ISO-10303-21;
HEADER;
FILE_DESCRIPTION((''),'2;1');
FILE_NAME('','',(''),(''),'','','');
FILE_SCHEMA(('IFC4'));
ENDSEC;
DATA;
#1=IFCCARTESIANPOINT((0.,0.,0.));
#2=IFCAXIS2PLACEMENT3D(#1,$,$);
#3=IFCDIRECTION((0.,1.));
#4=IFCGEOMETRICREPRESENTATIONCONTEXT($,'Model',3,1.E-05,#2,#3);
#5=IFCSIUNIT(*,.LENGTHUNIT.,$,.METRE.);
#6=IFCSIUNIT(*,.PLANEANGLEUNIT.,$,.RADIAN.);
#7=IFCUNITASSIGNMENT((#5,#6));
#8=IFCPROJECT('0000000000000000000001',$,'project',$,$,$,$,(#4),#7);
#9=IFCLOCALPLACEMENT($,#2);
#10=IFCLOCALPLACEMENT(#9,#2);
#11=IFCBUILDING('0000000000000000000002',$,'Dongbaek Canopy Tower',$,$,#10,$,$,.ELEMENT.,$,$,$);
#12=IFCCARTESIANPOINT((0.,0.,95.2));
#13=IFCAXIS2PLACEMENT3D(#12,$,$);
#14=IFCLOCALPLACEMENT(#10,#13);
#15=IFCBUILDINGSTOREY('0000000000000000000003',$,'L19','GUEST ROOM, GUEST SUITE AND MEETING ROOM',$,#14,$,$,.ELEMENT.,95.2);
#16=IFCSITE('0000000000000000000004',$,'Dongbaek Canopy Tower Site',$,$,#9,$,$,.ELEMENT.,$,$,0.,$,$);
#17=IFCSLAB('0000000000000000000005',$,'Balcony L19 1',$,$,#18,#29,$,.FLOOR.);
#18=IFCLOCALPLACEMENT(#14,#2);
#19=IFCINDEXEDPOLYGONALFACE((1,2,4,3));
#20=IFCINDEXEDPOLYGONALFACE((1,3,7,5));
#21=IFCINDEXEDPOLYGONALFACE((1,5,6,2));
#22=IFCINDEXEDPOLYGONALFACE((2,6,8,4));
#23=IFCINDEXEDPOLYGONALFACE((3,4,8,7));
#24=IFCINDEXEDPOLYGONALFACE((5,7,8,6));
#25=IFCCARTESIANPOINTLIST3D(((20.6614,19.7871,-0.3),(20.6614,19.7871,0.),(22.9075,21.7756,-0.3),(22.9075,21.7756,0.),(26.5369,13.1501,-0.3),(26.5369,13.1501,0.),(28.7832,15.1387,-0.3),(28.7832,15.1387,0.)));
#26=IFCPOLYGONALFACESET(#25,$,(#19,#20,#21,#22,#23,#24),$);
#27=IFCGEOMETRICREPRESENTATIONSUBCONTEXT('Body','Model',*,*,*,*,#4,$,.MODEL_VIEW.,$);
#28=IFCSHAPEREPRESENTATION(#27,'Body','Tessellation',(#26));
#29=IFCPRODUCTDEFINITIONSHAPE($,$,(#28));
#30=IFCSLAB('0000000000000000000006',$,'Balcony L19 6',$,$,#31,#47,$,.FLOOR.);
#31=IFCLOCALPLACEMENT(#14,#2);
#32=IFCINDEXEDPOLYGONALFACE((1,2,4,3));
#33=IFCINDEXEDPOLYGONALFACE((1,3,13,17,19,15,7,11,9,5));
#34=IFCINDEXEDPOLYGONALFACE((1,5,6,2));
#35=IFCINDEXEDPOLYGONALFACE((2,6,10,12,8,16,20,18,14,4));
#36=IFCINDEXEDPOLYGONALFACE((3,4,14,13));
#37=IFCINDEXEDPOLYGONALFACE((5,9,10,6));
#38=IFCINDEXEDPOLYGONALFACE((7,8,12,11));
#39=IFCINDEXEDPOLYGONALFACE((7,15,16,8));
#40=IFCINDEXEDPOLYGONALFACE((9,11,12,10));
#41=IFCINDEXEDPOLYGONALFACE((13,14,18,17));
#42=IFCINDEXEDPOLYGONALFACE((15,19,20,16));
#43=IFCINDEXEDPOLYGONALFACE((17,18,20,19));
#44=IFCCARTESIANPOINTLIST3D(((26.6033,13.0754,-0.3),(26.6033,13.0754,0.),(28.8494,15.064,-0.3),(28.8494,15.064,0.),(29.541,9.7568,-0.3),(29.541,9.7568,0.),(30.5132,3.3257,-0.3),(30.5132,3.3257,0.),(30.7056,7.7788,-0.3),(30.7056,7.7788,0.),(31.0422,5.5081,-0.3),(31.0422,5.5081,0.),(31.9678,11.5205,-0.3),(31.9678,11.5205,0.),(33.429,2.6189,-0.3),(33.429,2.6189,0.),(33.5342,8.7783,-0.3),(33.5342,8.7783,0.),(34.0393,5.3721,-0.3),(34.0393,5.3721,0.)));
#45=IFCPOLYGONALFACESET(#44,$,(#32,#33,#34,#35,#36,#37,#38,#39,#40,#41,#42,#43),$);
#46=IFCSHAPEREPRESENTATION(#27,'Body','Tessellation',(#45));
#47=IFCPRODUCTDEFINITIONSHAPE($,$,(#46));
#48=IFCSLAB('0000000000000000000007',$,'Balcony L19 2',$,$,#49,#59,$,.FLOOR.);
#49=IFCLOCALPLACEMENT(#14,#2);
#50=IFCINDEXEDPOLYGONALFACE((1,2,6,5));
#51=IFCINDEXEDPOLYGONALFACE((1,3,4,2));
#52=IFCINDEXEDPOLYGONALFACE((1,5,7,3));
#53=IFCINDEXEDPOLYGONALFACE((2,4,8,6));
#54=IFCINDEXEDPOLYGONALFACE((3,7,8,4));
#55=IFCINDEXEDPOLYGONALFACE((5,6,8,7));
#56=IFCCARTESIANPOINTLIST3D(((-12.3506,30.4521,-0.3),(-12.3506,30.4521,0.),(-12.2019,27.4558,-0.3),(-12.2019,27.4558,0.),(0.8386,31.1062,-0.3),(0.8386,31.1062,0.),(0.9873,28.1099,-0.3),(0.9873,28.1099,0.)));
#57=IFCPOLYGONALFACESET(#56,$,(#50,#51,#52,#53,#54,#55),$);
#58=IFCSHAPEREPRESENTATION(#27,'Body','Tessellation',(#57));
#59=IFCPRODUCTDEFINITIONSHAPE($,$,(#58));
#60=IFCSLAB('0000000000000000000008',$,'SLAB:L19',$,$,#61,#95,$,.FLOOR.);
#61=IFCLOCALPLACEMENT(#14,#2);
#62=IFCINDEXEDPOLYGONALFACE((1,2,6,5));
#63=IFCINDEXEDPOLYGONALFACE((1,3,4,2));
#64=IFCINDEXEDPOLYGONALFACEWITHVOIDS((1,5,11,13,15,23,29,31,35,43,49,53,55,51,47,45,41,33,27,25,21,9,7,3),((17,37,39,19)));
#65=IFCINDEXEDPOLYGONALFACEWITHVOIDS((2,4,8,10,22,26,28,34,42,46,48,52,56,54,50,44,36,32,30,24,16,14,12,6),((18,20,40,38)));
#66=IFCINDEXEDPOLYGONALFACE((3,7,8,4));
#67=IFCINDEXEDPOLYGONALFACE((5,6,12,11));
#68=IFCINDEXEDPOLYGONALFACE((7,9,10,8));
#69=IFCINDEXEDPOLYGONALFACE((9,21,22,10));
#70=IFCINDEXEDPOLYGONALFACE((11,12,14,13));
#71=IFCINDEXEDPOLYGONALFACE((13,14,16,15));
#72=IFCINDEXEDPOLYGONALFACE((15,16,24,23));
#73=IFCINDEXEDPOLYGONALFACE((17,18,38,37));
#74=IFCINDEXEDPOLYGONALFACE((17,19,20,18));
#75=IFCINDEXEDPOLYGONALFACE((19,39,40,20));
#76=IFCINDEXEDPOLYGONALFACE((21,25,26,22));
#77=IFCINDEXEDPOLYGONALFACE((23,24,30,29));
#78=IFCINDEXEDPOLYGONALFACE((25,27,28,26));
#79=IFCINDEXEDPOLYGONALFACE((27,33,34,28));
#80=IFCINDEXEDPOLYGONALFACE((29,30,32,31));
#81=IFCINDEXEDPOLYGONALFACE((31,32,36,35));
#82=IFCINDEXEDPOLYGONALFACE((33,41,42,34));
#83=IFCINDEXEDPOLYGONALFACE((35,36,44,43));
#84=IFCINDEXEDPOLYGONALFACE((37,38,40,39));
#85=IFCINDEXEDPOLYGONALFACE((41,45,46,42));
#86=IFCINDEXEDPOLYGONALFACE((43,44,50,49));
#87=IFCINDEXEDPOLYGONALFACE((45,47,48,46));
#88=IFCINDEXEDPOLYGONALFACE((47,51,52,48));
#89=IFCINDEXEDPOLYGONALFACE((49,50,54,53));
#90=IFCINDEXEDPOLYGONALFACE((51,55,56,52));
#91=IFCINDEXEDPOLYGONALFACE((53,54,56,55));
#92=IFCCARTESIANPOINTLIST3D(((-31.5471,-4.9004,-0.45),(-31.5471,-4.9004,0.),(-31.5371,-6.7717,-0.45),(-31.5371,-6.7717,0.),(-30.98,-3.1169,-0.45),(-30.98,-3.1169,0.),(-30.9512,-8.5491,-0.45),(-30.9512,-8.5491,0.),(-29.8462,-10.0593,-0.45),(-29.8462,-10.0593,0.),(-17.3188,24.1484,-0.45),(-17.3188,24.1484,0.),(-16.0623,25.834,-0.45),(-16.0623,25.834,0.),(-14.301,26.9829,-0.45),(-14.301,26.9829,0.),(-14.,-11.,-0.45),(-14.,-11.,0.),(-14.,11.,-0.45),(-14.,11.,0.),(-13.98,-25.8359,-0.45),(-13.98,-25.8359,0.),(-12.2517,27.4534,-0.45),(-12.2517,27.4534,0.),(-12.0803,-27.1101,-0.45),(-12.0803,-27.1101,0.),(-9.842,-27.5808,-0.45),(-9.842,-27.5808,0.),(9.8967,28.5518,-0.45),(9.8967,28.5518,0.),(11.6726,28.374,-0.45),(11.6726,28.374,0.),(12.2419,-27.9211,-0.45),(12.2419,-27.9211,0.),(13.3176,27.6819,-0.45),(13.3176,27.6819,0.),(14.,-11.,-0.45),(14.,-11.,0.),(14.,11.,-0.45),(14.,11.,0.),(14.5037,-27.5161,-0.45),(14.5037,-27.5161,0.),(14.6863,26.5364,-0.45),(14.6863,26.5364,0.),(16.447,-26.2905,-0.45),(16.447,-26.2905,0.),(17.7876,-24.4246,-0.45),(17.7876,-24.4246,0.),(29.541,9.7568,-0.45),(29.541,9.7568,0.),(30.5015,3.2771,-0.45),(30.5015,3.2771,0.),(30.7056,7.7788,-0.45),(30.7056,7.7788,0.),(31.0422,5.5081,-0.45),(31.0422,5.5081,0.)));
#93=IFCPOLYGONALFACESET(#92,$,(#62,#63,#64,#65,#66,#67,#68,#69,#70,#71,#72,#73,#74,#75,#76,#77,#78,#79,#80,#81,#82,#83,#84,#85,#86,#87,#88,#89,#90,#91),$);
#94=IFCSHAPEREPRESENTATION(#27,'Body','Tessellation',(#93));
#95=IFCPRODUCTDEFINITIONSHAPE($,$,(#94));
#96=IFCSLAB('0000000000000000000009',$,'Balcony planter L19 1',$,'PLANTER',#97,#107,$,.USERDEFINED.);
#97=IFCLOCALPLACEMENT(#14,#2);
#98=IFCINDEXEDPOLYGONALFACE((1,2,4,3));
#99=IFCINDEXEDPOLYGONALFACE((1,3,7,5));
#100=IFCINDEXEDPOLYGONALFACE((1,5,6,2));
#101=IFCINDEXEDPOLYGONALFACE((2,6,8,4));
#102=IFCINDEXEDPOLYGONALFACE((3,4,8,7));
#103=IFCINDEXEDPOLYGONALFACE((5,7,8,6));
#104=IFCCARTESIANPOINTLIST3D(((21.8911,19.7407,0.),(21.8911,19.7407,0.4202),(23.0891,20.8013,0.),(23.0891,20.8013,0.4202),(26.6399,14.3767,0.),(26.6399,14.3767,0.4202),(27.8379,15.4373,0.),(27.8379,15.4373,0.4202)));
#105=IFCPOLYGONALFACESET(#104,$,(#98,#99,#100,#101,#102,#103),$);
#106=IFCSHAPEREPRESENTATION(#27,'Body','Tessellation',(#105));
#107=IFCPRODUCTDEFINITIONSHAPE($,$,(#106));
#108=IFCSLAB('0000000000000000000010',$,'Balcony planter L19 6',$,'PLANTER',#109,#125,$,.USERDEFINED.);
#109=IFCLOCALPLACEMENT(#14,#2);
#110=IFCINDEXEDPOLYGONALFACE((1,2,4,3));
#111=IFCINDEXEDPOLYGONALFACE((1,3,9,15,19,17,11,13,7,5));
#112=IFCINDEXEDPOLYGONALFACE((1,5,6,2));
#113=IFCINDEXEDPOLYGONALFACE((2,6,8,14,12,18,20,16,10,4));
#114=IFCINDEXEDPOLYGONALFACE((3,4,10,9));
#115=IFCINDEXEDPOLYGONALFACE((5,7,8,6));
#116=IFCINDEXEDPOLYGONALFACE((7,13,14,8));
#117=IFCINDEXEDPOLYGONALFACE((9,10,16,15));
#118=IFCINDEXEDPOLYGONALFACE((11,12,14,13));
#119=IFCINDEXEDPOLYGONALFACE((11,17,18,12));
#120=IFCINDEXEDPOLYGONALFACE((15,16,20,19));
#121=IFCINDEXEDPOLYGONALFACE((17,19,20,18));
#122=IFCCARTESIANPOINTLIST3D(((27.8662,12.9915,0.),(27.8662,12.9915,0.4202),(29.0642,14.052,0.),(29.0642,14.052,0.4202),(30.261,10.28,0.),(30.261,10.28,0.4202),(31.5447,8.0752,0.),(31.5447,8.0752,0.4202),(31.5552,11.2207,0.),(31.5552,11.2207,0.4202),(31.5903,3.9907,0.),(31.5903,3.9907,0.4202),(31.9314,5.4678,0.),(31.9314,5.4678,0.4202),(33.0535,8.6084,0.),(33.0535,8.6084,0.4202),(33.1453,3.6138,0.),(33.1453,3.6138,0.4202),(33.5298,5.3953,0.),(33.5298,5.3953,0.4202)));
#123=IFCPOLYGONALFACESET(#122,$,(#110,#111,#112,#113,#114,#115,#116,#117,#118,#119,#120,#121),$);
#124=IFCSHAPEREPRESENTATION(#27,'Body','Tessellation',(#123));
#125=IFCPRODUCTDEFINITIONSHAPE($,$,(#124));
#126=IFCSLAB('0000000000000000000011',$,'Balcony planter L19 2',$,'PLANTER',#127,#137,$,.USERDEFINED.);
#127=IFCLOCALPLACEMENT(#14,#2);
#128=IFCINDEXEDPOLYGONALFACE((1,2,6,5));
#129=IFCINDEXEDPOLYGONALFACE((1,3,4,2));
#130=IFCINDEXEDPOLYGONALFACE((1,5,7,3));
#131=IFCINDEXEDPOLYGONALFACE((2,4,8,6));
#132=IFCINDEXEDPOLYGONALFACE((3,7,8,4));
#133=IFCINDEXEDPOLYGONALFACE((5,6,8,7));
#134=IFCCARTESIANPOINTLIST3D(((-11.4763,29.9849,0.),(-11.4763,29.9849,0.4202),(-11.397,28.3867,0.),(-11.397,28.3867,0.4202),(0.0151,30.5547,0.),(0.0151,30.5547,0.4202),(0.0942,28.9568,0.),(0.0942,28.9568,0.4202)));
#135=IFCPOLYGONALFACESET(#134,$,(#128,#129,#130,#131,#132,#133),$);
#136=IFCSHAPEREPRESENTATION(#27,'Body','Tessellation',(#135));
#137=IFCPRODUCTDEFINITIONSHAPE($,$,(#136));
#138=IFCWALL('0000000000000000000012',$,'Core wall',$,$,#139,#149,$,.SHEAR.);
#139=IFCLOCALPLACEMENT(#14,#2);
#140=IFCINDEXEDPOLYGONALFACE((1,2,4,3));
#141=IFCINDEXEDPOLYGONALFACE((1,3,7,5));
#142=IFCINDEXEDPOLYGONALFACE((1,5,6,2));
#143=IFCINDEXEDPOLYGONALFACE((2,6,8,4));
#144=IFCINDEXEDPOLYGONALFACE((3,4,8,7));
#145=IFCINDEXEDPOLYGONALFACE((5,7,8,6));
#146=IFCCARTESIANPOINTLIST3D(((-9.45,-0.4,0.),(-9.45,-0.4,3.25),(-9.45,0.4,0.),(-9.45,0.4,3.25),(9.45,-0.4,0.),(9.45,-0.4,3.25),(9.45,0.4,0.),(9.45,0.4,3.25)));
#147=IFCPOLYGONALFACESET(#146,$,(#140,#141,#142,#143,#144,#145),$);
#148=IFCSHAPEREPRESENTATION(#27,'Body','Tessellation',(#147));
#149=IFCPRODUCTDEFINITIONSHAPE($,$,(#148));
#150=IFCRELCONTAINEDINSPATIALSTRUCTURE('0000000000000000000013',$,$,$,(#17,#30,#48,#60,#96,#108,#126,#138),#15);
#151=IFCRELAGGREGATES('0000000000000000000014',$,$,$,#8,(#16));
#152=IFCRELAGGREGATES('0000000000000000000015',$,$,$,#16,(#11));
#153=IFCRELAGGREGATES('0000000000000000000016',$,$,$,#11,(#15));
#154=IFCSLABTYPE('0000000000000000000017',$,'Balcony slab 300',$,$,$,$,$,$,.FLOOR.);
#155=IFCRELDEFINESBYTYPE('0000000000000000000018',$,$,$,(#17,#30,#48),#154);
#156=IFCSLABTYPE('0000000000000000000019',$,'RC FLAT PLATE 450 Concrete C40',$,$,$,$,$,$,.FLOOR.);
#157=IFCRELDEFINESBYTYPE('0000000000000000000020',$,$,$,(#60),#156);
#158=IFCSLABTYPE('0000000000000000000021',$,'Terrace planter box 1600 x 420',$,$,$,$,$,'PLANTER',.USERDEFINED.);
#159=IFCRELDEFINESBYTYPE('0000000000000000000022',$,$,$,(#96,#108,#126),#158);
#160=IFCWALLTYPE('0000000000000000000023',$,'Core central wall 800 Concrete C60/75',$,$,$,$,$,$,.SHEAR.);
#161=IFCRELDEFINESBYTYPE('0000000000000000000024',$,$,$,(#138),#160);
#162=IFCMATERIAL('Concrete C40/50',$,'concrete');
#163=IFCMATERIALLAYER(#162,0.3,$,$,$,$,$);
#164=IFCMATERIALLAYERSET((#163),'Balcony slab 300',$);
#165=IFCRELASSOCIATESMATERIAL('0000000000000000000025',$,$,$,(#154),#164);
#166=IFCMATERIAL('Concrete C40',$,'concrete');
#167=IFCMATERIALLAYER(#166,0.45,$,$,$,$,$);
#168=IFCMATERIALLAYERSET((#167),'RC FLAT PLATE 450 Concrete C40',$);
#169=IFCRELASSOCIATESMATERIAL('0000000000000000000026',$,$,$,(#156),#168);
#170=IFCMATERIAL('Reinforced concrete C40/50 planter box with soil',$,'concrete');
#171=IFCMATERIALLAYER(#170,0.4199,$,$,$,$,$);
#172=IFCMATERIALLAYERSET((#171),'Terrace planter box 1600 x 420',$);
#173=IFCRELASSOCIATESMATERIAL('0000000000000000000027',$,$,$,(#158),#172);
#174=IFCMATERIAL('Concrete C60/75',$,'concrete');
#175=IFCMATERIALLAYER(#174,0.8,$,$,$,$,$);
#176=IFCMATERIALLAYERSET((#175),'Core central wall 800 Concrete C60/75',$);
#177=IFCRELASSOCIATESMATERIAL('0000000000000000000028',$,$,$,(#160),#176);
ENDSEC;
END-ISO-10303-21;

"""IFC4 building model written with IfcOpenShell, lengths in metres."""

from ifc_helpers import new_model, si_unit, direction, frame, frame_2d, origin, place, context, subcontext, project, spatial, polyline, rectangle, outline, extrude, material, layer, layer_set, type_object, element, save


model = new_model("IFC4")

# Units and contexts
model_context = context("Model", 3, precision=1e-05, world=origin(), true_north=direction((0.0, 1.0)))
body_context = subcontext(model_context, "Body", "Model", "MODEL_VIEW")
ifc_project = project(units=[si_unit("LENGTHUNIT", "METRE"), si_unit("PLANEANGLEUNIT", "RADIAN")], contexts=[model_context])

# Site, building, storey
site_placement = place(None, origin())
site = spatial("IfcSite", under=ifc_project, at=site_placement, Name="Dongbaek Canopy Tower Site", CompositionType="ELEMENT", RefElevation=0.0)
building_placement = place(site_placement, origin())
building = spatial("IfcBuilding", under=site, at=building_placement, Name="Dongbaek Canopy Tower", CompositionType="ELEMENT")
storey_placement = place(building_placement, frame((0.0, 0.0, 95.2)))
storey = spatial("IfcBuildingStorey", under=building, at=storey_placement, Name="L19", Description="GUEST ROOM, GUEST SUITE AND MEETING ROOM", CompositionType="ELEMENT", Elevation=95.2)

# Slabs
ifc_material_1 = material(Name="Concrete C40/50", Category="concrete")
ifc_layer_1 = layer(ifc_material_1, 0.3)
ifc_layer_set_1 = layer_set([ifc_layer_1], Name="Balcony slab 300")
slab_type_1 = type_object("IfcSlabType", Name="Balcony slab 300", PredefinedType="FLOOR", material=ifc_layer_set_1)
slab_1_placement = place(storey_placement, frame((0.0, 0.0, -0.3)))
element("IfcSlab", 1, at=slab_1_placement, inside=storey, type_object=slab_type_1, Name="Balcony L19 1", PredefinedType="FLOOR", context=body_context, shape_type="SweptSolid", body=[
    extrude(outline(polyline([(26.5369, 13.1501), (20.6614, 19.7871), (22.9075, 21.7756), (28.7832, 15.1387), (26.5369, 13.1501)])), origin(), (0.0, 0.0, 1.0), 0.3),
])
slab_2_placement = place(storey_placement, frame((0.0, 0.0, -0.3)))
element("IfcSlab", 2, at=slab_2_placement, inside=storey, type_object=slab_type_1, Name="Balcony L19 6", PredefinedType="FLOOR", context=body_context, shape_type="SweptSolid", body=[
    extrude(outline(polyline([(30.5132, 3.3257), (31.0422, 5.5081), (30.7056, 7.7788), (29.541, 9.7568), (26.6033, 13.0754), (28.8494, 15.064), (31.9678, 11.5205), (33.5342, 8.7783), (34.0393, 5.3721), (33.429, 2.6189), (30.5132, 3.3257)])), origin(), (0.0, 0.0, 1.0), 0.3),
])
slab_3_placement = place(storey_placement, frame((0.0, 0.0, -0.3)))
element("IfcSlab", 3, at=slab_3_placement, inside=storey, type_object=slab_type_1, Name="Balcony L19 2", PredefinedType="FLOOR", context=body_context, shape_type="SweptSolid", body=[
    extrude(outline(polyline([(0.9873, 28.1099), (-12.2019, 27.4558), (-12.3506, 30.4521), (0.8386, 31.1062), (0.9873, 28.1099)])), origin(), (0.0, 0.0, 1.0), 0.3),
])
ifc_material_2 = material(Name="Concrete C40", Category="concrete")
ifc_layer_2 = layer(ifc_material_2, 0.45)
ifc_layer_set_2 = layer_set([ifc_layer_2], Name="RC FLAT PLATE 450 Concrete C40")
slab_type_2 = type_object("IfcSlabType", Name="RC FLAT PLATE 450 Concrete C40", PredefinedType="FLOOR", material=ifc_layer_set_2)
slab_4_placement = place(storey_placement, frame((0.0, 0.0, -0.45)))
element("IfcSlab", 4, at=slab_4_placement, inside=storey, type_object=slab_type_2, Name="SLAB:L19", PredefinedType="FLOOR", context=body_context, shape_type="SweptSolid", body=[
    extrude(outline(polyline([(17.7876, -24.4246), (16.447, -26.2905), (14.5037, -27.5161), (12.2419, -27.9211), (-9.842, -27.5808), (-12.0803, -27.1101), (-13.98, -25.8359), (-29.8462, -10.0593), (-30.9512, -8.5491), (-31.5371, -6.7717), (-31.5471, -4.9004), (-30.98, -3.1169), (-17.3188, 24.1484), (-16.0623, 25.834), (-14.301, 26.9829), (-12.2517, 27.4534), (9.8967, 28.5518), (11.6726, 28.374), (13.3176, 27.6819), (14.6863, 26.5364), (29.541, 9.7568), (30.7056, 7.7788), (31.0422, 5.5081), (30.5015, 3.2771), (17.7876, -24.4246)]), holes=[polyline([(14.0, 11.0), (-14.0, 11.0), (-14.0, -11.0), (14.0, -11.0), (14.0, 11.0)])]), origin(), (0.0, 0.0, 1.0), 0.45),
])
ifc_material_3 = material(Name="Reinforced concrete C40/50 planter box with soil", Category="concrete")
ifc_layer_3 = layer(ifc_material_3, 0.4199)
ifc_layer_set_3 = layer_set([ifc_layer_3], Name="Terrace planter box 1600 x 420")
slab_type_3 = type_object("IfcSlabType", Name="Terrace planter box 1600 x 420", ElementType="PLANTER", PredefinedType="USERDEFINED", material=ifc_layer_set_3)
slab_5_placement = place(storey_placement, origin())
element("IfcSlab", 5, at=slab_5_placement, inside=storey, type_object=slab_type_3, Name="Balcony planter L19 1", ObjectType="PLANTER", PredefinedType="USERDEFINED", context=body_context, shape_type="SweptSolid", body=[
    extrude(outline(polyline([(26.6399, 14.3767), (21.8911, 19.7407), (23.0891, 20.8013), (27.8379, 15.4373), (26.6399, 14.3767)])), origin(), (0.0, 0.0, 1.0), 0.4202),
])
slab_6_placement = place(storey_placement, origin())
element("IfcSlab", 6, at=slab_6_placement, inside=storey, type_object=slab_type_3, Name="Balcony planter L19 6", ObjectType="PLANTER", PredefinedType="USERDEFINED", context=body_context, shape_type="SweptSolid", body=[
    extrude(outline(polyline([(31.5903, 3.9907), (31.9314, 5.4678), (31.5447, 8.0752), (30.261, 10.28), (27.8662, 12.9915), (29.0642, 14.052), (31.5552, 11.2207), (33.0535, 8.6084), (33.5298, 5.3953), (33.1453, 3.6138), (31.5903, 3.9907)])), origin(), (0.0, 0.0, 1.0), 0.4202),
])
slab_7_placement = place(storey_placement, origin())
element("IfcSlab", 7, at=slab_7_placement, inside=storey, type_object=slab_type_3, Name="Balcony planter L19 2", ObjectType="PLANTER", PredefinedType="USERDEFINED", context=body_context, shape_type="SweptSolid", body=[
    extrude(outline(polyline([(0.0942, 28.9568), (-11.397, 28.3867), (-11.4763, 29.9849), (0.0151, 30.5547), (0.0942, 28.9568)])), origin(), (0.0, 0.0, 1.0), 0.4202),
])

# Wall
ifc_material_4 = material(Name="Concrete C60/75", Category="concrete")
ifc_layer_4 = layer(ifc_material_4, 0.8)
ifc_layer_set_4 = layer_set([ifc_layer_4], Name="Core central wall 800 Concrete C60/75")
wall_type_1 = type_object("IfcWallType", Name="Core central wall 800 Concrete C60/75", PredefinedType="SHEAR", material=ifc_layer_set_4)
wall_1_placement = place(storey_placement, frame((-9.45, 0.0, 0.0), z_axis=(0.0, 0.0, 1.0), x_axis=(1.0, 0.0, 0.0)))
element("IfcWall", 8, at=wall_1_placement, inside=storey, type_object=wall_type_1, Name="Core wall", PredefinedType="SHEAR", context=body_context, shape_type="SweptSolid", body=[
    extrude(rectangle(XDim=18.8999, YDim=0.8, at=frame_2d((9.45, 0.0))), origin(), (0.0, 0.0, 1.0), 3.25),
])

save(model, "model.ifc")
